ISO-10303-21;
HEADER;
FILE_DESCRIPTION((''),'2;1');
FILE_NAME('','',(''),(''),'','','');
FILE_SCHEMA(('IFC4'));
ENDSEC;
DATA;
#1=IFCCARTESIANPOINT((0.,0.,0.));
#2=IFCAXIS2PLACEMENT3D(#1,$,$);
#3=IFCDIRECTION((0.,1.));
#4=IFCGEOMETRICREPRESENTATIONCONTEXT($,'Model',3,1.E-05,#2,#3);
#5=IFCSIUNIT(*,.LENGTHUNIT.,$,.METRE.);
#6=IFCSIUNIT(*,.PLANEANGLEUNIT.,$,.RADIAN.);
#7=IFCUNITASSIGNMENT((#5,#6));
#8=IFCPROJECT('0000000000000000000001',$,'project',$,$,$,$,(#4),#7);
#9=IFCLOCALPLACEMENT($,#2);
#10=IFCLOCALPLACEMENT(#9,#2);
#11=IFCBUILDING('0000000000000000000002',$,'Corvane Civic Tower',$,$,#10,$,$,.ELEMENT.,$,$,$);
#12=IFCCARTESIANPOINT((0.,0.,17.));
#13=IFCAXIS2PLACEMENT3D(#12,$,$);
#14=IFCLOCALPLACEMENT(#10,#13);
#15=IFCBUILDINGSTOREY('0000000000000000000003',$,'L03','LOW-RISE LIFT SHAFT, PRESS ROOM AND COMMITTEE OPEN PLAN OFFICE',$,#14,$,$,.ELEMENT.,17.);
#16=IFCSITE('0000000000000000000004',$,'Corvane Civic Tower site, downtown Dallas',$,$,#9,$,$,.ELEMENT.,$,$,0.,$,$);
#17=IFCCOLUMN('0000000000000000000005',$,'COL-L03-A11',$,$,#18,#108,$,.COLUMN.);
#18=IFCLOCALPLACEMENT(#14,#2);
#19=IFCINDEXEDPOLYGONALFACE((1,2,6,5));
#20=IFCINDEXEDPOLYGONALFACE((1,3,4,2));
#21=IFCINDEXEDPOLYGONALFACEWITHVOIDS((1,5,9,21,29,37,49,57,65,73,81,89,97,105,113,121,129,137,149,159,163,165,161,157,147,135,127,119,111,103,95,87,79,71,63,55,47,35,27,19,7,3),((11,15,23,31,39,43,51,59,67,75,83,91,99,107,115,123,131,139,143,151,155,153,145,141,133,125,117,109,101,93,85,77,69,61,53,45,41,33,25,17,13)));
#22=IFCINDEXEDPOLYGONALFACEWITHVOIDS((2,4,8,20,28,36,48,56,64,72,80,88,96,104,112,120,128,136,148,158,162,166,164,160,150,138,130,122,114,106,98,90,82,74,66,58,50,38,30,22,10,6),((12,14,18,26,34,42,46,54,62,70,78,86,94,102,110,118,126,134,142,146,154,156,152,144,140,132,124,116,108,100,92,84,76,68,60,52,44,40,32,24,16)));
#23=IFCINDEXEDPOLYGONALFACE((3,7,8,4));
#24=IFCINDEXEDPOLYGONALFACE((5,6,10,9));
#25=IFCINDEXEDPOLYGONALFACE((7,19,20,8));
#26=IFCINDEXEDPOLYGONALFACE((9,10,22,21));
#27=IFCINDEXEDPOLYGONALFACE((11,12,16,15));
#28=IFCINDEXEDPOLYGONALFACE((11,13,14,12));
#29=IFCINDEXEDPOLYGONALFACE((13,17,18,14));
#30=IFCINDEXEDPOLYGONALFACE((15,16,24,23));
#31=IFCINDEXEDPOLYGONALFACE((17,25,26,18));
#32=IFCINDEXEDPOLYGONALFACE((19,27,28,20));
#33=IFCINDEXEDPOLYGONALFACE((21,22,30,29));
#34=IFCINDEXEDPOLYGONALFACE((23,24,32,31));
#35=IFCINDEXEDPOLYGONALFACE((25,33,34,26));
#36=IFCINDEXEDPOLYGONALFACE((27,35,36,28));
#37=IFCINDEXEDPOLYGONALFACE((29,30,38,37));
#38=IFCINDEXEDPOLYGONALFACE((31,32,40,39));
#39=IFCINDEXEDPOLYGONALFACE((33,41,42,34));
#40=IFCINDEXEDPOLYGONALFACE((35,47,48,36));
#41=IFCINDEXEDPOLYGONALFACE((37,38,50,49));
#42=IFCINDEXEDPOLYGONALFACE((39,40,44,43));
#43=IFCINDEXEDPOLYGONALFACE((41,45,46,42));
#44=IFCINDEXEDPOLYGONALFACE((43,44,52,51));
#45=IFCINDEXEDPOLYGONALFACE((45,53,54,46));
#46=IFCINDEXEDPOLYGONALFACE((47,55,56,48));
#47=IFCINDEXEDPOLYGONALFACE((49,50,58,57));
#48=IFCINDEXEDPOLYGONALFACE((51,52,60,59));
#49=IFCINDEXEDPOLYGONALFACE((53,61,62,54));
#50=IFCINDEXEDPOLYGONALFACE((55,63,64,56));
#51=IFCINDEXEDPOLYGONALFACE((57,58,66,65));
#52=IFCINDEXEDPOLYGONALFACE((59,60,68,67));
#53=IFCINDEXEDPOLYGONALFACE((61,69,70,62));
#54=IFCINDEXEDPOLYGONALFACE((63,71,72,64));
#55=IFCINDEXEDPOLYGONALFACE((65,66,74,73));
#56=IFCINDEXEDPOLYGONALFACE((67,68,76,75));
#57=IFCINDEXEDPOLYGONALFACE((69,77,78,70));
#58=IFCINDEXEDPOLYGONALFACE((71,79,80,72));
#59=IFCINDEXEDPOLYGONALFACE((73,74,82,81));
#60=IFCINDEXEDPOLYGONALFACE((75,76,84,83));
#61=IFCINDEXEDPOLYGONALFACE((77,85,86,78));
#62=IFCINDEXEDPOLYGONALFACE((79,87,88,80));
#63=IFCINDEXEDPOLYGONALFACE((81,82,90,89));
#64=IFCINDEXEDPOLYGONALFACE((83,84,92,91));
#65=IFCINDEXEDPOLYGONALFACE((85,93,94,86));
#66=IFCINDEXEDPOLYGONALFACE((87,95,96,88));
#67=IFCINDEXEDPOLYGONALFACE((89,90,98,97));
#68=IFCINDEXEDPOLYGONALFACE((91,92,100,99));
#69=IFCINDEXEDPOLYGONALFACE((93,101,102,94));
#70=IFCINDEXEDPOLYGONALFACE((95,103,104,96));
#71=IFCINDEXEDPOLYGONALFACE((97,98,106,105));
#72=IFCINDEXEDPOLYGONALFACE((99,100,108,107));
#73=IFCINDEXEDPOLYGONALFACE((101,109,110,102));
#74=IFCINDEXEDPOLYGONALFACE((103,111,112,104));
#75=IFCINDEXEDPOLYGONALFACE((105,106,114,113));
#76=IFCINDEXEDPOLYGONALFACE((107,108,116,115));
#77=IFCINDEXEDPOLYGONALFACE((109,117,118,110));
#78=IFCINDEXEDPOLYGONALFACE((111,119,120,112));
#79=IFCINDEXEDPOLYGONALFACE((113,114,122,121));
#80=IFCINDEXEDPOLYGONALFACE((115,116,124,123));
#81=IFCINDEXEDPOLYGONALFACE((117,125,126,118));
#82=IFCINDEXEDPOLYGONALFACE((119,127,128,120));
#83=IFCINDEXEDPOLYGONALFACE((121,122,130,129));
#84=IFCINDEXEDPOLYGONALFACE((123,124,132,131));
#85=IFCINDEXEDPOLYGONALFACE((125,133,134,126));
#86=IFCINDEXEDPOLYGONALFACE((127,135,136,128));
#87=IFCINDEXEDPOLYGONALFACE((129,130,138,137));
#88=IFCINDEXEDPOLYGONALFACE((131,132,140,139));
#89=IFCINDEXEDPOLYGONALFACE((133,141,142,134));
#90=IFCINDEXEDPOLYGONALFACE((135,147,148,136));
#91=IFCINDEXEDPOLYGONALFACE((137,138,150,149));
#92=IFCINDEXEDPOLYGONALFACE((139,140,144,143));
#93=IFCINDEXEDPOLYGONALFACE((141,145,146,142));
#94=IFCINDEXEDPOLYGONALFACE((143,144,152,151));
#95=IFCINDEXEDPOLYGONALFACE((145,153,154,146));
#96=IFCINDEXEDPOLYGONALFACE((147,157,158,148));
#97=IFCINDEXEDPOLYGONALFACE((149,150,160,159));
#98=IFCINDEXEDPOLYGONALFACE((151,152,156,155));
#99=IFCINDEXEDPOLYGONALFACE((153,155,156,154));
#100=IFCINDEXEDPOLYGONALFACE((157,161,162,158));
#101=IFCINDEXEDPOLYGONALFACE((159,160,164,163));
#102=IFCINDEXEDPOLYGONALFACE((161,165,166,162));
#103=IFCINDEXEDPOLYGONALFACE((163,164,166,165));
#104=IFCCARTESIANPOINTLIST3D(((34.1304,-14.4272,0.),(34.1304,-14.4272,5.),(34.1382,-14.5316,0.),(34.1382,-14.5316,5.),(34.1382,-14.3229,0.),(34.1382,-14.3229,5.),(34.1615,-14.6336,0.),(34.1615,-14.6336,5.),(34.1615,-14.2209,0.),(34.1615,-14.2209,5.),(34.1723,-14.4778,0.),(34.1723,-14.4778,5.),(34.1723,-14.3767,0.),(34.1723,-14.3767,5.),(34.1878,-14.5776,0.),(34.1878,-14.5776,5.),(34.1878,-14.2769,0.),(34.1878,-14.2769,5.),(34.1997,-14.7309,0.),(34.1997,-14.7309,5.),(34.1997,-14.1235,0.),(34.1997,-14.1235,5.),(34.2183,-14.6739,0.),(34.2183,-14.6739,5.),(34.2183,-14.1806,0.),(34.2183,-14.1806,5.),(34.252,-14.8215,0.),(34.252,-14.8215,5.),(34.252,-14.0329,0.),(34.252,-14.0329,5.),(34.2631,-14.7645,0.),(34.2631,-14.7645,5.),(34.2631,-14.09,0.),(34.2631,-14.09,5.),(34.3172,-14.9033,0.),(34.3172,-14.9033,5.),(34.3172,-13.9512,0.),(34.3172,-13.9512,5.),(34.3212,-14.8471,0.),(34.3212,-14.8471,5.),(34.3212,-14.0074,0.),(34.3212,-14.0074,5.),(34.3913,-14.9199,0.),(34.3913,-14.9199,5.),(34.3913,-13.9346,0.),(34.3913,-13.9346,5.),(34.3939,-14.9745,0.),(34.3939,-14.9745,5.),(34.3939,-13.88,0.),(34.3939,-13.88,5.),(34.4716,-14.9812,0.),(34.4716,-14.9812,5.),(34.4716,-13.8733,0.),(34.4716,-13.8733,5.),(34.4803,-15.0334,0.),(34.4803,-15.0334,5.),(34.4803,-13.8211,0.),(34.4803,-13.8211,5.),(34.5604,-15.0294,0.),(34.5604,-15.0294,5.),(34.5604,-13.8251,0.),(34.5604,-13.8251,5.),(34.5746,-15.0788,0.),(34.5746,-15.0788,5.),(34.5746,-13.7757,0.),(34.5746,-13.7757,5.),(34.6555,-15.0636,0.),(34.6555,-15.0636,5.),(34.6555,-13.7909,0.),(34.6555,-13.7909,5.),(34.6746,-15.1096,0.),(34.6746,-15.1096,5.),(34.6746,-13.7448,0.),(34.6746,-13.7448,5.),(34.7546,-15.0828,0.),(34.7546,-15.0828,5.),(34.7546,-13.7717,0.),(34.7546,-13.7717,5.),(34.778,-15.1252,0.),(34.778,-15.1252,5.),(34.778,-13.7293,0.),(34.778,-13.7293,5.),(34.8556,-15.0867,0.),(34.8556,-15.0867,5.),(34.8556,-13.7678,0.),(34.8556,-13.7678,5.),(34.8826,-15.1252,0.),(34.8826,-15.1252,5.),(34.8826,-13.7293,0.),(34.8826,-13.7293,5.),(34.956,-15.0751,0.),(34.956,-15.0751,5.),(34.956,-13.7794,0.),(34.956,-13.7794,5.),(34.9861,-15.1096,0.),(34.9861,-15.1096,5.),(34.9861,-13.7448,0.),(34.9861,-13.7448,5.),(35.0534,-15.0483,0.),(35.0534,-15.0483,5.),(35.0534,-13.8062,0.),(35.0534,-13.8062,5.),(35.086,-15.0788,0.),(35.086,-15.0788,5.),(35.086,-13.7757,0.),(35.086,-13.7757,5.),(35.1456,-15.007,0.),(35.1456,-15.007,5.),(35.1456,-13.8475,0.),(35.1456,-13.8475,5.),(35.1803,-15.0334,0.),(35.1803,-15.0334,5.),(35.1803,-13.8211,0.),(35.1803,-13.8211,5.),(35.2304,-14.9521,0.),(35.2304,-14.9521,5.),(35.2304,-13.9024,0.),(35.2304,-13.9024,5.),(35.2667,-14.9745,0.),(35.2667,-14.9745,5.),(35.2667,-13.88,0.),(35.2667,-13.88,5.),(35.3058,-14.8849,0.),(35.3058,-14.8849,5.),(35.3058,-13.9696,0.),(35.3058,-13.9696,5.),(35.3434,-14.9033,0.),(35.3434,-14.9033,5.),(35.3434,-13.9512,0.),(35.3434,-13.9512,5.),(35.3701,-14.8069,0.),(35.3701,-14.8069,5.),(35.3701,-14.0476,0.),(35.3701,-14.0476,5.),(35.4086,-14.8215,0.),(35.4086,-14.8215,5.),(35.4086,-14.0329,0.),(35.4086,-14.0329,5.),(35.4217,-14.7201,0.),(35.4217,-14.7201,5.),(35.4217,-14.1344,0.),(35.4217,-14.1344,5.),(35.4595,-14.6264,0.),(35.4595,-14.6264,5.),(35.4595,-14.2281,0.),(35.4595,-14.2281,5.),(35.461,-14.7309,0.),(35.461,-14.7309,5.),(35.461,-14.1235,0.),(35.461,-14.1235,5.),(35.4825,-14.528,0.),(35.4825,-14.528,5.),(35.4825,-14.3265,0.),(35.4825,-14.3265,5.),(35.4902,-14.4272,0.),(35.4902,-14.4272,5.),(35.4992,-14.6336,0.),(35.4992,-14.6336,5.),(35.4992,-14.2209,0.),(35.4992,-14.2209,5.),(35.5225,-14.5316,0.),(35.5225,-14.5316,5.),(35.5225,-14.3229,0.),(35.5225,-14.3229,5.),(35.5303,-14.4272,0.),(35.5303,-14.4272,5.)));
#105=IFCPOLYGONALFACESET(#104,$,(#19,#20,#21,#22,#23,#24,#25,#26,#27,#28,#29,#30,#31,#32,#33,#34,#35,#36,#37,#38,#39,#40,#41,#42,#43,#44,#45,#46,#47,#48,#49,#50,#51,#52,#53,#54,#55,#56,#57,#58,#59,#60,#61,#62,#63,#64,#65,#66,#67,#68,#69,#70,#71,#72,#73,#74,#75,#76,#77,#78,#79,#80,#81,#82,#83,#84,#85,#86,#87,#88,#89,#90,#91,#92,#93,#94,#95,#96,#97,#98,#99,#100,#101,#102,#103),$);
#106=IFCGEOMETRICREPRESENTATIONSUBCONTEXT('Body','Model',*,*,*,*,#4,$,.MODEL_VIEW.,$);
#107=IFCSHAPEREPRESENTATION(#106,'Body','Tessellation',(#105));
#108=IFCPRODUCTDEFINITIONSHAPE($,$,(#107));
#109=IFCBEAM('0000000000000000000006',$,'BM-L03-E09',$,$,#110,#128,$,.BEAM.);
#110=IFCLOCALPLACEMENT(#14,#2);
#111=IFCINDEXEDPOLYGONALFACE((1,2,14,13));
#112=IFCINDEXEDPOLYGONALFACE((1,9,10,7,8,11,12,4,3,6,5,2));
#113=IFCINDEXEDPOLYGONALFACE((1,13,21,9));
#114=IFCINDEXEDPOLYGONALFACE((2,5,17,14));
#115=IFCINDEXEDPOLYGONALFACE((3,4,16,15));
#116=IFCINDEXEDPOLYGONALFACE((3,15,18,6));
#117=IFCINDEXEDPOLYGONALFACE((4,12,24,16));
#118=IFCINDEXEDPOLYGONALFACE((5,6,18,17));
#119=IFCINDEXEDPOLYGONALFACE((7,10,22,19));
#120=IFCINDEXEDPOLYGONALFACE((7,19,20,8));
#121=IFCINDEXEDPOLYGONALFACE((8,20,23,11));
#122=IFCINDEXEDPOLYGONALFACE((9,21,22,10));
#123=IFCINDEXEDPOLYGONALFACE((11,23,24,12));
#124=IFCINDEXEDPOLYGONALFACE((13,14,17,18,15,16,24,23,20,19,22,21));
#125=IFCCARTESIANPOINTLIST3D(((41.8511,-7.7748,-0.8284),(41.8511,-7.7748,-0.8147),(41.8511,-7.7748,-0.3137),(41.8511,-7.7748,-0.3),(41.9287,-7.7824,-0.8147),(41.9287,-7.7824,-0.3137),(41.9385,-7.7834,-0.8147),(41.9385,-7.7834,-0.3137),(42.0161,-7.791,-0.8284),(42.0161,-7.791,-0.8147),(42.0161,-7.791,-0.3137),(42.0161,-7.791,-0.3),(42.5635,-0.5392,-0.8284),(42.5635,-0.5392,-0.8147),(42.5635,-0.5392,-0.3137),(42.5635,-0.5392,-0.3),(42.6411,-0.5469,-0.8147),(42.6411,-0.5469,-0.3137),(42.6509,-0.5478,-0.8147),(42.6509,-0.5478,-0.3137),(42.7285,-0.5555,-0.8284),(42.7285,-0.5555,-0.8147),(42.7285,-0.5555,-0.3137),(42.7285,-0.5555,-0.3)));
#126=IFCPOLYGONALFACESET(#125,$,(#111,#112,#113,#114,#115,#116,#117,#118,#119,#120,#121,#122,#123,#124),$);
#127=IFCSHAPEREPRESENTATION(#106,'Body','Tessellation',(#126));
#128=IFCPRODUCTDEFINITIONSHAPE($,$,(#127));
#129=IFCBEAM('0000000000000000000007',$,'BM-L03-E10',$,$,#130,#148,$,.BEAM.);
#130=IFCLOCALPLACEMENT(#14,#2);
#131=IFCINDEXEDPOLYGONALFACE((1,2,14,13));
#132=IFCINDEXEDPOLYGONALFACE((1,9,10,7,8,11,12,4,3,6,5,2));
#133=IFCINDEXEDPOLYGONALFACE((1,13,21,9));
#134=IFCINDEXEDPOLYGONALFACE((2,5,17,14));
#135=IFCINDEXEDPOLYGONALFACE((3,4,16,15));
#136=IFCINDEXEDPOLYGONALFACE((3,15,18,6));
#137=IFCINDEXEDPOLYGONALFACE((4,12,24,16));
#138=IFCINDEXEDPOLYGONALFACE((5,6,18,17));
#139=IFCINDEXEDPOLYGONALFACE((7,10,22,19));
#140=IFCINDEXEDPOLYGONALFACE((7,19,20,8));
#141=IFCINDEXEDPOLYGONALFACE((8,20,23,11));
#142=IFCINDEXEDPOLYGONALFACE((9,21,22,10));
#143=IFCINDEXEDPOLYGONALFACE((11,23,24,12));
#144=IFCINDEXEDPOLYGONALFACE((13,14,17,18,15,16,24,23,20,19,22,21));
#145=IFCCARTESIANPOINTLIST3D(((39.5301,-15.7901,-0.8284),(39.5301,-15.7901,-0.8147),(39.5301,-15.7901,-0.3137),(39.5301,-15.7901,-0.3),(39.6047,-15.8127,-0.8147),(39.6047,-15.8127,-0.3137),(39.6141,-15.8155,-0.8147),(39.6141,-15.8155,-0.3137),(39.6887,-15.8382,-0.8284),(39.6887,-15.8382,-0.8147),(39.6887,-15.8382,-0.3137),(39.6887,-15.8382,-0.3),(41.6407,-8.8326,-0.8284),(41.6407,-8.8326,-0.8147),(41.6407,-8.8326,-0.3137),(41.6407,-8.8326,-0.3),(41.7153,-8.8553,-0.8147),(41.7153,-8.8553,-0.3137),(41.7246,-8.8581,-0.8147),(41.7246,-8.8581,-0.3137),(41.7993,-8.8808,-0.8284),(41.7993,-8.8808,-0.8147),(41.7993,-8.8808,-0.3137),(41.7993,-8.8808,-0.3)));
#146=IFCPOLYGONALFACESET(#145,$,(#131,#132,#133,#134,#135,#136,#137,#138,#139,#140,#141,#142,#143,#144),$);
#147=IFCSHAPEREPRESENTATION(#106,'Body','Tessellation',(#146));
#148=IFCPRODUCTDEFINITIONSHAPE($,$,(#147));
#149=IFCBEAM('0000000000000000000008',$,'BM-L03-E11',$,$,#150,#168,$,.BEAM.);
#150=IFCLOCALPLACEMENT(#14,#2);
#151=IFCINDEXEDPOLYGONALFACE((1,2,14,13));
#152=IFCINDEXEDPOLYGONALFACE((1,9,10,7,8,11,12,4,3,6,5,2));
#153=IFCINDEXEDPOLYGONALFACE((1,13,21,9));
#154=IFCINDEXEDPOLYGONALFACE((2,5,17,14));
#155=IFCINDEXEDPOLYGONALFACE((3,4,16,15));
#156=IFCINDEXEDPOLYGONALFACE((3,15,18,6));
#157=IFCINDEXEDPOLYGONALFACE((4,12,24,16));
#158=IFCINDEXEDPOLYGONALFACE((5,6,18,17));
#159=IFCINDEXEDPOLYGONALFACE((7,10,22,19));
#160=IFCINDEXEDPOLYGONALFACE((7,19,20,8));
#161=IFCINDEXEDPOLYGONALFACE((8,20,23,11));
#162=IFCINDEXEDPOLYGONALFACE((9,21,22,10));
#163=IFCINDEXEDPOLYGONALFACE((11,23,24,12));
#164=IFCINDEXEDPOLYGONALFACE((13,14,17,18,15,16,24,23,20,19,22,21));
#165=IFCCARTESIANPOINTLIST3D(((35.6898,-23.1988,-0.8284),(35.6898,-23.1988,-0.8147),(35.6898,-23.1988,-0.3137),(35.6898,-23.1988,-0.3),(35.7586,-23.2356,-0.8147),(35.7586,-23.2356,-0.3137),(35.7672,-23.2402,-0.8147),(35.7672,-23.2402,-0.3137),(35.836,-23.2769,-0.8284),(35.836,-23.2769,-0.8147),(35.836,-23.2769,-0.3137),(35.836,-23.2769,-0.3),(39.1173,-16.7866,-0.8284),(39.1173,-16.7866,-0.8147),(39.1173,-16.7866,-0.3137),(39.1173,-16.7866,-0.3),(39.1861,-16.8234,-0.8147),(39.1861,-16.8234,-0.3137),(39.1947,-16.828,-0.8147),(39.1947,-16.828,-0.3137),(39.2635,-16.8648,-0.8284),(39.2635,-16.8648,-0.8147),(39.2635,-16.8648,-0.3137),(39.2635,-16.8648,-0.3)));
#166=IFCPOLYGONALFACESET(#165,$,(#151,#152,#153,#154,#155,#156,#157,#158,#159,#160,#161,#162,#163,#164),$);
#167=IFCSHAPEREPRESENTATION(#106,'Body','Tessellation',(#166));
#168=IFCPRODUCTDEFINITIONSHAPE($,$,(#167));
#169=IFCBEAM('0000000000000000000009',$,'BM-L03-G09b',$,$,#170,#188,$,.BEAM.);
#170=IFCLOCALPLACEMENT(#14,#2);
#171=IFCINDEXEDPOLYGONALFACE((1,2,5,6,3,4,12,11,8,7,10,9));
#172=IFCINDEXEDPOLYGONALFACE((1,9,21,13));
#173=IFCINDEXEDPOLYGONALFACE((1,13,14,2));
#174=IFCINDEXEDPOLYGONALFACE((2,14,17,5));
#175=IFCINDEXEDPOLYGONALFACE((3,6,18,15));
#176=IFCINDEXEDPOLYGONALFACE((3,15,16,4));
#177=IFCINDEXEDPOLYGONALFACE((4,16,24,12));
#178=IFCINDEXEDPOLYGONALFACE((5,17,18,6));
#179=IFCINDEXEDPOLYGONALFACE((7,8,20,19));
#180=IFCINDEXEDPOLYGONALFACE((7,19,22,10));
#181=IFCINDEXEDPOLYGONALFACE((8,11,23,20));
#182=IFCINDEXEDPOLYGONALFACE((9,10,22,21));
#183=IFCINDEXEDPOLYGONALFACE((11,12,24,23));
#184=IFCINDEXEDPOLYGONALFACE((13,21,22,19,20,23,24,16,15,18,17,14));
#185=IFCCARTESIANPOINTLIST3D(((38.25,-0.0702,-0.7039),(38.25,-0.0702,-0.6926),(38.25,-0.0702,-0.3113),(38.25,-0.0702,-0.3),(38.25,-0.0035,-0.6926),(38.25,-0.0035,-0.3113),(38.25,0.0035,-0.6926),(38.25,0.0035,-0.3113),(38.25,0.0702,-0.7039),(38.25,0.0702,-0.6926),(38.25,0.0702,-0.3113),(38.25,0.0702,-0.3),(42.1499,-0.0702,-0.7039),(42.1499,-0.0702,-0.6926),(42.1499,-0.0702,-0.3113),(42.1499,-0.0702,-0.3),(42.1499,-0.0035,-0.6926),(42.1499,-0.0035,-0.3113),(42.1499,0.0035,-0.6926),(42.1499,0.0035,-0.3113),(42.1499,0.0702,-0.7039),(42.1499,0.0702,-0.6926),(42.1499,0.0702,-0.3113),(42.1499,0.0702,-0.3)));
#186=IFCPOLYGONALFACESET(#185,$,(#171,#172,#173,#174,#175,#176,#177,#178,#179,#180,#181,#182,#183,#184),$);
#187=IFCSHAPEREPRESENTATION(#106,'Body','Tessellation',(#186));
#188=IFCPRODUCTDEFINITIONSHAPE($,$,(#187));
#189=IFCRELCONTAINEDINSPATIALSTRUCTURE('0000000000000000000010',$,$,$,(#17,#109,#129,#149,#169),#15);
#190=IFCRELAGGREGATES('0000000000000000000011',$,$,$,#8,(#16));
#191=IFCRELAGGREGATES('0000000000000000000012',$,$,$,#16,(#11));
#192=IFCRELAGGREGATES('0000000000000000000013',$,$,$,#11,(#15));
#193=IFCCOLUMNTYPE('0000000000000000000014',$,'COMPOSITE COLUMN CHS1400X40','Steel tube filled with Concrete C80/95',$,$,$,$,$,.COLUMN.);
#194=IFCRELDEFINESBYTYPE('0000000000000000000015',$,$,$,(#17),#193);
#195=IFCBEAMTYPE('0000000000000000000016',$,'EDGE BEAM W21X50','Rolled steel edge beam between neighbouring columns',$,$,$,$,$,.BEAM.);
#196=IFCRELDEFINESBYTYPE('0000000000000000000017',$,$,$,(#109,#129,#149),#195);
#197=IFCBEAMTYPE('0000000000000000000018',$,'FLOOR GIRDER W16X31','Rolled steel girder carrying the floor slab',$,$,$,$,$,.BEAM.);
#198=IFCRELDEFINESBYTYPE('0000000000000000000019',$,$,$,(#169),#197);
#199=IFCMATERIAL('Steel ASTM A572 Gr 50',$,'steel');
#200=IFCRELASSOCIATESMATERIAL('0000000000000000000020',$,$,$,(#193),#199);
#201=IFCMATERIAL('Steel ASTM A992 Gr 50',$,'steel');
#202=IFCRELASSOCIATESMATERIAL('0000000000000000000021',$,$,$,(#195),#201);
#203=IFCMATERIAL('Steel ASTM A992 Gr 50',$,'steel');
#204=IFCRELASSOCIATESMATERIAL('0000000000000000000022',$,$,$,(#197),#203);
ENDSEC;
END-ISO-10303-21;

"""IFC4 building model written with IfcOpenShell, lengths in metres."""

from ifc_helpers import new_model, si_unit, direction, frame, origin, origin_2d, place, context, subcontext, project, spatial, hollow_circle, i_section, extrude, material, material_profile, profile_set, type_object, element, save


model = new_model("IFC4")

# Units and contexts
model_context = context("Model", 3, precision=1e-05, world=origin(), true_north=direction((0.0, 1.0)))
body_context = subcontext(model_context, "Body", "Model", "MODEL_VIEW")
ifc_project = project(units=[si_unit("LENGTHUNIT", "METRE"), si_unit("PLANEANGLEUNIT", "RADIAN")], contexts=[model_context])

# Site, building, storey
site_placement = place(None, origin())
site = spatial("IfcSite", under=ifc_project, at=site_placement, Name="Corvane Civic Tower site, downtown Dallas", CompositionType="ELEMENT", RefElevation=0.0)
building_placement = place(site_placement, origin())
building = spatial("IfcBuilding", under=site, at=building_placement, Name="Corvane Civic Tower", CompositionType="ELEMENT")
storey_placement = place(building_placement, frame((0.0, 0.0, 17.0)))
storey = spatial("IfcBuildingStorey", under=building, at=storey_placement, Name="L03", Description="LOW-RISE LIFT SHAFT, PRESS ROOM AND COMMITTEE OPEN PLAN OFFICE", CompositionType="ELEMENT", Elevation=17.0)

# Column
ifc_material_1 = material(Name="Steel ASTM A572 Gr 50", Category="steel")
ifc_material_profile_1 = material_profile(ifc_material_1, hollow_circle(Radius=0.7, WallThickness=0.04, at=origin_2d()), Name="CHS1400X40")
ifc_profile_set_1 = profile_set([ifc_material_profile_1], Name="Steel ASTM A572 Gr 50")
column_type_1 = type_object("IfcColumnType", Name="COMPOSITE COLUMN CHS1400X40", Description="Steel tube filled with Concrete C80/95", PredefinedType="COLUMN", material=ifc_profile_set_1)
for number, where, z_axis, x_axis, name in (
    (1, (34.8303, -14.4272, 0.0), (0.0, 0.0, 1.0), (1.0, 0.0, 0.0), "COL-L03-A11"),
):
    element("IfcColumn", number, at=place(storey_placement, frame(where, z_axis=z_axis, x_axis=x_axis)), inside=storey, type_object=column_type_1, Name=name, PredefinedType="COLUMN", context=body_context, shape_type="SweptSolid", body=[
        extrude(hollow_circle(Radius=0.7, WallThickness=0.04, at=origin_2d()), origin(), (0.0, 0.0, 1.0), 5.0),
    ])

# Beams
ifc_material_2 = material(Name="Steel ASTM A992 Gr 50", Category="steel")
ifc_material_profile_2 = material_profile(ifc_material_2, i_section(OverallWidth=0.1658, OverallDepth=0.5283, WebThickness=0.0098, FlangeThickness=0.0137, at=origin_2d()), Name="W21X50")
ifc_profile_set_2 = profile_set([ifc_material_profile_2], Name="Steel ASTM A992 Gr 50")
beam_type_1 = type_object("IfcBeamType", Name="EDGE BEAM W21X50", Description="Rolled steel edge beam between neighbouring columns", PredefinedType="BEAM", material=ifc_profile_set_2)
for number, where, z_axis, x_axis, name in (
    (2, (42.646, -0.5474, -0.5642), (-0.097984, -0.995188, 0.0), (0.995188, -0.097984, 0.0), "BM-L03-E09"),
    (3, (41.72, -8.8567, -0.5642), (-0.290292, -0.956938, 0.0), (0.956938, -0.290292, 0.0), "BM-L03-E10"),
):
    element("IfcBeam", number, at=place(storey_placement, frame(where, z_axis=z_axis, x_axis=x_axis)), inside=storey, type_object=beam_type_1, Name=name, PredefinedType="BEAM", context=body_context, shape_type="SweptSolid", body=[
        extrude(i_section(OverallWidth=0.1658, OverallDepth=0.5283, WebThickness=0.0098, FlangeThickness=0.0137, at=origin_2d()), origin(), (0.0, 0.0, 1.0), 7.2705),
    ])
beam_placement = place(storey_placement, frame((39.1904, -16.8257, -0.5642), z_axis=(-0.471412, -0.881913, 0.0), x_axis=(0.881913, -0.471412, 0.0)))
element("IfcBeam", 4, at=beam_placement, inside=storey, type_object=beam_type_1, Name="BM-L03-E11", PredefinedType="BEAM", context=body_context, shape_type="SweptSolid", body=[
    extrude(i_section(OverallWidth=0.1658, OverallDepth=0.5283, WebThickness=0.0098, FlangeThickness=0.0137, at=origin_2d()), origin(), (0.0, 0.0, 1.0), 7.2708),
])
ifc_material_3 = material(Name="Steel ASTM A992 Gr 50", Category="steel")
ifc_material_profile_3 = material_profile(ifc_material_3, i_section(OverallWidth=0.1404, OverallDepth=0.4038, WebThickness=0.0071, FlangeThickness=0.0112, at=origin_2d()), Name="W16X31")
ifc_profile_set_3 = profile_set([ifc_material_profile_3], Name="Steel ASTM A992 Gr 50")
beam_type_2 = type_object("IfcBeamType", Name="FLOOR GIRDER W16X31", Description="Rolled steel girder carrying the floor slab", PredefinedType="BEAM", material=ifc_profile_set_3)
for number, where, z_axis, x_axis, name in (
    (5, (38.25, 0.0, -0.502), (1.0, 0.0, 0.0), (0.0, 1.0, 0.0), "BM-L03-G09b"),
):
    element("IfcBeam", number, at=place(storey_placement, frame(where, z_axis=z_axis, x_axis=x_axis)), inside=storey, type_object=beam_type_2, Name=name, PredefinedType="BEAM", context=body_context, shape_type="SweptSolid", body=[
        extrude(i_section(OverallWidth=0.1404, OverallDepth=0.4038, WebThickness=0.0071, FlangeThickness=0.0112, at=origin_2d()), origin(), (0.0, 0.0, 1.0), 3.8999),
    ])

save(model, "model.ifc")
